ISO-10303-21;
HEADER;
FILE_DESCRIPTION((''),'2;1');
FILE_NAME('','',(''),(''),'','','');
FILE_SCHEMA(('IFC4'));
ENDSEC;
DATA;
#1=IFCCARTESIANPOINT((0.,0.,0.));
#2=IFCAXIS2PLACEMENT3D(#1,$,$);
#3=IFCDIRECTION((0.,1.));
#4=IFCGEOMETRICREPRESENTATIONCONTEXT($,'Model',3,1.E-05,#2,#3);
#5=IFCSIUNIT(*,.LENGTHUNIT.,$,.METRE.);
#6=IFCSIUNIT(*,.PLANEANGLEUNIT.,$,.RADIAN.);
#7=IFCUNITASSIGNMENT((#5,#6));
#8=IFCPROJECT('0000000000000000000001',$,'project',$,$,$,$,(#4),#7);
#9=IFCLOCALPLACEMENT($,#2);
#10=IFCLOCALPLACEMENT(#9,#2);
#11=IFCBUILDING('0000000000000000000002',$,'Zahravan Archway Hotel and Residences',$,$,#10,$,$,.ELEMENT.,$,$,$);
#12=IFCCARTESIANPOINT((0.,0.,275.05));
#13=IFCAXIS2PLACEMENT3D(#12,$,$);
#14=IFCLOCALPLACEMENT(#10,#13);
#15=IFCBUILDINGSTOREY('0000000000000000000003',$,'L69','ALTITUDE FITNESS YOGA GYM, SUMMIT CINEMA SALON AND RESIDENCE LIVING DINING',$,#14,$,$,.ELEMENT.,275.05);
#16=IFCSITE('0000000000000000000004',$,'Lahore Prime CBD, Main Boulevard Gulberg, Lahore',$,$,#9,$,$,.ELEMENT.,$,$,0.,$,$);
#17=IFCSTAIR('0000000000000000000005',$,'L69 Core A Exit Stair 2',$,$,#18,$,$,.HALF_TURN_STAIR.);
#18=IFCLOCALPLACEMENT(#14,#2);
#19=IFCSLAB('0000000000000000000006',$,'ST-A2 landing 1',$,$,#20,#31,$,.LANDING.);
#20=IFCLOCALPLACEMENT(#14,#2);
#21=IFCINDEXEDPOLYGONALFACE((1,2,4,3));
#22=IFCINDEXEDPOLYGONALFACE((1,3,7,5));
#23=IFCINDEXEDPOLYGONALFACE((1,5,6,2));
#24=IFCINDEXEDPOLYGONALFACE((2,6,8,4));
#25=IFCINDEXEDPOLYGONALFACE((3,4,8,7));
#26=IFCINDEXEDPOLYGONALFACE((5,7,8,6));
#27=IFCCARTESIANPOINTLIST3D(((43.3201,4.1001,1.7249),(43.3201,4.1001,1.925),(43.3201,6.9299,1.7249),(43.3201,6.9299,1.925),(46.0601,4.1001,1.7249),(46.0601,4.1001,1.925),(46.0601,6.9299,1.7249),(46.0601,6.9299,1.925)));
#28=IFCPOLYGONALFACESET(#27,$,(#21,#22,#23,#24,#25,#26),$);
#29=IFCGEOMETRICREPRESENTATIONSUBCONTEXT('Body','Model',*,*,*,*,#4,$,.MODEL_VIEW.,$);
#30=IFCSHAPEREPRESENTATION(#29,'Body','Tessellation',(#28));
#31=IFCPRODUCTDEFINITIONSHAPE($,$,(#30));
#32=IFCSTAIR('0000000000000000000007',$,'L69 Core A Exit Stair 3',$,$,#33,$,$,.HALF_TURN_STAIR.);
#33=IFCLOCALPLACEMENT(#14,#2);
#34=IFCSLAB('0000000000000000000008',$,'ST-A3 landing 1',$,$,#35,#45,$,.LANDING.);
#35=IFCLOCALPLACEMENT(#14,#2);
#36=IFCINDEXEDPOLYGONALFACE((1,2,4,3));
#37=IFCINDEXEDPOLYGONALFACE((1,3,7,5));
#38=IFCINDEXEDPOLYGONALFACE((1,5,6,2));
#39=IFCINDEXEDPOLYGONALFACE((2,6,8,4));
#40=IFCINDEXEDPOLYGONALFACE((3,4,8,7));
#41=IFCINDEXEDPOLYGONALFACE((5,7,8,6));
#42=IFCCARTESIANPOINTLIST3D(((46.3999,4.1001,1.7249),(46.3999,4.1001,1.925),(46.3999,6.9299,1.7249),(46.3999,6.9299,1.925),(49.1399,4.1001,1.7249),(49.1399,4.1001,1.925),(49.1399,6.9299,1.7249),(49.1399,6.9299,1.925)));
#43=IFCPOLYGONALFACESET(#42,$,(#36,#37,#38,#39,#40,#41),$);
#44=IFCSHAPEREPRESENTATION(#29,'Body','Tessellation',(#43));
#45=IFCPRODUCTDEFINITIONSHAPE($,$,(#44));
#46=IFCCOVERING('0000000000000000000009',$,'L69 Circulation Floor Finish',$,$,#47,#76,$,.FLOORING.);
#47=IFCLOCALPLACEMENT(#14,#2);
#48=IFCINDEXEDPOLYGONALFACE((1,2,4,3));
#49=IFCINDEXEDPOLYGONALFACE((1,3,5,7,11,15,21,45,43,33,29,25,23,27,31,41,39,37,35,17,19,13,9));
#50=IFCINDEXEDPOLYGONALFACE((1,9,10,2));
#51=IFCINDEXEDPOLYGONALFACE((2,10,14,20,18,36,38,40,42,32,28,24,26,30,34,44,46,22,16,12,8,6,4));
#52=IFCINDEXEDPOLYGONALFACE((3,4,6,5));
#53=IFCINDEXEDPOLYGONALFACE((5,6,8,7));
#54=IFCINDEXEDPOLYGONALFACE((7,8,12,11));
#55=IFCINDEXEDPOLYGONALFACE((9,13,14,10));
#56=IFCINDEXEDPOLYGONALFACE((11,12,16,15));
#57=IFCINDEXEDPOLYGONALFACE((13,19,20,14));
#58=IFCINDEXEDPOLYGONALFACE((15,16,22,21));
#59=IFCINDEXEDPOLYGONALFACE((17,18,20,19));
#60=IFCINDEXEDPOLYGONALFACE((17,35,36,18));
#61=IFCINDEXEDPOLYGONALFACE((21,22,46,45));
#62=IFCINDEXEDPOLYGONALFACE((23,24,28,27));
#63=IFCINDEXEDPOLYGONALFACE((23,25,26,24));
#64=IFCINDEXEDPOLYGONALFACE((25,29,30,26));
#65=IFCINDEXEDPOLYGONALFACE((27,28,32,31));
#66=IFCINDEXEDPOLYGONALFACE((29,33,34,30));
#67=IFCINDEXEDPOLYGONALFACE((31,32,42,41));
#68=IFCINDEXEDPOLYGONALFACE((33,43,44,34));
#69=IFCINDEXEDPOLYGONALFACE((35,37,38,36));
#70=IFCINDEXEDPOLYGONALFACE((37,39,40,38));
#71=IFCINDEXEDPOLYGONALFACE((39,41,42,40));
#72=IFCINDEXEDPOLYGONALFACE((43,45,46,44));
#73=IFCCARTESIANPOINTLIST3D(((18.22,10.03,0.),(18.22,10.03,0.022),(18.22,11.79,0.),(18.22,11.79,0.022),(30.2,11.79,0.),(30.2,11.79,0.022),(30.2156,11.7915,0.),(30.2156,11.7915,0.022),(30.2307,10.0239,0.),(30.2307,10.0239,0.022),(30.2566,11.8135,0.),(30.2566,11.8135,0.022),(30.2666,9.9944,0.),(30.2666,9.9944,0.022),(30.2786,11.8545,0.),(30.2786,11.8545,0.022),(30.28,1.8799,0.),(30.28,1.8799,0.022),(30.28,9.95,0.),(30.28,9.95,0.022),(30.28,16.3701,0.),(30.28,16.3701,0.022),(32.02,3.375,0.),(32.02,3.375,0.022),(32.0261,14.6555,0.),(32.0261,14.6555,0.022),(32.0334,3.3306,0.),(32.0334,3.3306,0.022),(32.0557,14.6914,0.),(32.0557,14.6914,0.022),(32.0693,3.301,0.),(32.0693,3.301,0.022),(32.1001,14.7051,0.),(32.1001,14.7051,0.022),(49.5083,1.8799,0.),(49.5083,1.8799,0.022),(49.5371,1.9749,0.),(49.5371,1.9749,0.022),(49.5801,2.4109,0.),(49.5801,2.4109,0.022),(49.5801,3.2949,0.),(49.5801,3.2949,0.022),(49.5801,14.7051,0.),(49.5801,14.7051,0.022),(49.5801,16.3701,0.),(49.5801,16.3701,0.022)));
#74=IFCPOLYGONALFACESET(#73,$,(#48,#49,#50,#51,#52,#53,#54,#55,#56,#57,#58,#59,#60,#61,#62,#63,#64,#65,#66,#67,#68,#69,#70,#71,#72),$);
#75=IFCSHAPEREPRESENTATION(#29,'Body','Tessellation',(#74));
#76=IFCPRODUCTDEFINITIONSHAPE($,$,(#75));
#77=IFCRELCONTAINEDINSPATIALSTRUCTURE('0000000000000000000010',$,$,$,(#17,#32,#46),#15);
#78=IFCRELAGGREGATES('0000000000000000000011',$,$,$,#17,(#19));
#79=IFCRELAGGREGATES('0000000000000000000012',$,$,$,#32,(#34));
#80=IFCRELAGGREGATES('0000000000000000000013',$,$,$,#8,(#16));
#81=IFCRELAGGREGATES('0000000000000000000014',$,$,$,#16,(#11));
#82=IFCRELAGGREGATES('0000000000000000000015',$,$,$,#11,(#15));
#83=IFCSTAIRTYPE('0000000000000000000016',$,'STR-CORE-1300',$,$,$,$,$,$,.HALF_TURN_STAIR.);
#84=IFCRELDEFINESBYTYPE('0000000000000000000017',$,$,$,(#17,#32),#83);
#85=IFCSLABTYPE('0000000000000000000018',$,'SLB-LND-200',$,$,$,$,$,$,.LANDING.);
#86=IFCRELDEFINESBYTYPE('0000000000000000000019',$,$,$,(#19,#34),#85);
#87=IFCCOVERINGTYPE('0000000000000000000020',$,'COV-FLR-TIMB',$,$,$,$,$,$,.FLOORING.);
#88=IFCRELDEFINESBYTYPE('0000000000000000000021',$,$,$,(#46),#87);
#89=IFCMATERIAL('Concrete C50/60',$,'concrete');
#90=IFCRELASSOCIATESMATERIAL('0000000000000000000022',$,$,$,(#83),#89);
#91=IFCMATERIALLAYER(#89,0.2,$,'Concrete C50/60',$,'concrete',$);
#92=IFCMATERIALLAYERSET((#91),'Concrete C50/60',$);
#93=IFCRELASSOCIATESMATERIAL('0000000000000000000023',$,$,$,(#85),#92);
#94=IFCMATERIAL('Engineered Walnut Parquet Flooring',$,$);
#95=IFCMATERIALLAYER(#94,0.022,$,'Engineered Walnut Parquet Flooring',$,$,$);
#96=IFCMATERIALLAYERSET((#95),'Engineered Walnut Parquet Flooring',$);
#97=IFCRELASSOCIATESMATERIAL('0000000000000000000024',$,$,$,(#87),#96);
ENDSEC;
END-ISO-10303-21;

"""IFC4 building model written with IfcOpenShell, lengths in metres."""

from ifc_helpers import new_model, si_unit, direction, frame, origin, place, context, subcontext, project, spatial, polyline, outline, extrude, material, layer, layer_set, type_object, element, aggregate, save


model = new_model("IFC4")

# Units and contexts
model_context = context("Model", 3, precision=1e-05, world=origin(), true_north=direction((0.0, 1.0)))
body_context = subcontext(model_context, "Body", "Model", "MODEL_VIEW")
ifc_project = project(units=[si_unit("LENGTHUNIT", "METRE"), si_unit("PLANEANGLEUNIT", "RADIAN")], contexts=[model_context])

# Site, building, storey
site_placement = place(None, origin())
site = spatial("IfcSite", under=ifc_project, at=site_placement, Name="Lahore Prime CBD, Main Boulevard Gulberg, Lahore", CompositionType="ELEMENT", RefElevation=0.0)
building_placement = place(site_placement, origin())
building = spatial("IfcBuilding", under=site, at=building_placement, Name="Zahravan Archway Hotel and Residences", CompositionType="ELEMENT")
storey_placement = place(building_placement, frame((0.0, 0.0, 275.05)))
storey = spatial("IfcBuildingStorey", under=building, at=storey_placement, Name="L69", Description="ALTITUDE FITNESS YOGA GYM, SUMMIT CINEMA SALON AND RESIDENCE LIVING DINING", CompositionType="ELEMENT", Elevation=275.05)

# Stairs, slabs
ifc_material_1 = material(Name="Concrete C50/60", Category="concrete")
stair_type = type_object("IfcStairType", Name="STR-CORE-1300", PredefinedType="HALF_TURN_STAIR", material=ifc_material_1)
ifc_layer_1 = layer(ifc_material_1, 0.2, Name="Concrete C50/60", Category="concrete")
ifc_layer_set_1 = layer_set([ifc_layer_1], Name="Concrete C50/60")
slab_type_1 = type_object("IfcSlabType", Name="SLB-LND-200", PredefinedType="LANDING", material=ifc_layer_set_1)
stair_1_placement = place(storey_placement, origin())
stair_1 = element("IfcStair", 1, at=stair_1_placement, inside=storey, type_object=stair_type, Name="L69 Core A Exit Stair 2", PredefinedType="HALF_TURN_STAIR")
slab_1_placement = place(storey_placement, frame((0.0, 0.0, 1.7249)))
slab_1 = element("IfcSlab", 2, at=slab_1_placement, type_object=slab_type_1, Name="ST-A2 landing 1", PredefinedType="LANDING", context=body_context, shape_type="SweptSolid", body=[
    extrude(outline(polyline([(43.3201, 6.9299), (43.3201, 4.1001), (46.0601, 4.1001), (46.0601, 6.9299), (43.3201, 6.9299)])), origin(), (0.0, 0.0, 1.0), 0.2002),
])
aggregate(stair_1, [slab_1])
stair_2_placement = place(storey_placement, origin())
stair_2 = element("IfcStair", 3, at=stair_2_placement, inside=storey, type_object=stair_type, Name="L69 Core A Exit Stair 3", PredefinedType="HALF_TURN_STAIR")
slab_2_placement = place(storey_placement, frame((0.0, 0.0, 1.7249)))
slab_2 = element("IfcSlab", 4, at=slab_2_placement, type_object=slab_type_1, Name="ST-A3 landing 1", PredefinedType="LANDING", context=body_context, shape_type="SweptSolid", body=[
    extrude(outline(polyline([(46.3999, 6.9299), (46.3999, 4.1001), (49.1399, 4.1001), (49.1399, 6.9299), (46.3999, 6.9299)])), origin(), (0.0, 0.0, 1.0), 0.2002),
])
aggregate(stair_2, [slab_2])

# Covering
ifc_material_2 = material(Name="Engineered Walnut Parquet Flooring")
ifc_layer_2 = layer(ifc_material_2, 0.022, Name="Engineered Walnut Parquet Flooring")
ifc_layer_set_2 = layer_set([ifc_layer_2], Name="Engineered Walnut Parquet Flooring")
covering_type = type_object("IfcCoveringType", Name="COV-FLR-TIMB", PredefinedType="FLOORING", material=ifc_layer_set_2)
covering_placement = place(storey_placement, origin())
element("IfcCovering", 5, at=covering_placement, inside=storey, type_object=covering_type, Name="L69 Circulation Floor Finish", PredefinedType="FLOORING", context=body_context, shape_type="SweptSolid", body=[
    extrude(outline(polyline([(30.2156, 11.7915), (30.2566, 11.8135), (30.2786, 11.8545), (30.28, 16.3701), (49.5801, 16.3701), (49.5801, 14.7051), (32.1001, 14.7051), (32.0557, 14.6914), (32.0261, 14.6555), (32.02, 3.375), (32.0334, 3.3306), (32.0693, 3.301), (49.5801, 3.2949), (49.5801, 2.4109), (49.5371, 1.9749), (49.5083, 1.8799), (30.28, 1.8799), (30.28, 9.95), (30.2666, 9.9944), (30.2307, 10.0239), (18.22, 10.03), (18.22, 11.79), (30.2, 11.79), (30.2156, 11.7915)])), origin(), (0.0, 0.0, 1.0), 0.022),
])

save(model, "model.ifc")
